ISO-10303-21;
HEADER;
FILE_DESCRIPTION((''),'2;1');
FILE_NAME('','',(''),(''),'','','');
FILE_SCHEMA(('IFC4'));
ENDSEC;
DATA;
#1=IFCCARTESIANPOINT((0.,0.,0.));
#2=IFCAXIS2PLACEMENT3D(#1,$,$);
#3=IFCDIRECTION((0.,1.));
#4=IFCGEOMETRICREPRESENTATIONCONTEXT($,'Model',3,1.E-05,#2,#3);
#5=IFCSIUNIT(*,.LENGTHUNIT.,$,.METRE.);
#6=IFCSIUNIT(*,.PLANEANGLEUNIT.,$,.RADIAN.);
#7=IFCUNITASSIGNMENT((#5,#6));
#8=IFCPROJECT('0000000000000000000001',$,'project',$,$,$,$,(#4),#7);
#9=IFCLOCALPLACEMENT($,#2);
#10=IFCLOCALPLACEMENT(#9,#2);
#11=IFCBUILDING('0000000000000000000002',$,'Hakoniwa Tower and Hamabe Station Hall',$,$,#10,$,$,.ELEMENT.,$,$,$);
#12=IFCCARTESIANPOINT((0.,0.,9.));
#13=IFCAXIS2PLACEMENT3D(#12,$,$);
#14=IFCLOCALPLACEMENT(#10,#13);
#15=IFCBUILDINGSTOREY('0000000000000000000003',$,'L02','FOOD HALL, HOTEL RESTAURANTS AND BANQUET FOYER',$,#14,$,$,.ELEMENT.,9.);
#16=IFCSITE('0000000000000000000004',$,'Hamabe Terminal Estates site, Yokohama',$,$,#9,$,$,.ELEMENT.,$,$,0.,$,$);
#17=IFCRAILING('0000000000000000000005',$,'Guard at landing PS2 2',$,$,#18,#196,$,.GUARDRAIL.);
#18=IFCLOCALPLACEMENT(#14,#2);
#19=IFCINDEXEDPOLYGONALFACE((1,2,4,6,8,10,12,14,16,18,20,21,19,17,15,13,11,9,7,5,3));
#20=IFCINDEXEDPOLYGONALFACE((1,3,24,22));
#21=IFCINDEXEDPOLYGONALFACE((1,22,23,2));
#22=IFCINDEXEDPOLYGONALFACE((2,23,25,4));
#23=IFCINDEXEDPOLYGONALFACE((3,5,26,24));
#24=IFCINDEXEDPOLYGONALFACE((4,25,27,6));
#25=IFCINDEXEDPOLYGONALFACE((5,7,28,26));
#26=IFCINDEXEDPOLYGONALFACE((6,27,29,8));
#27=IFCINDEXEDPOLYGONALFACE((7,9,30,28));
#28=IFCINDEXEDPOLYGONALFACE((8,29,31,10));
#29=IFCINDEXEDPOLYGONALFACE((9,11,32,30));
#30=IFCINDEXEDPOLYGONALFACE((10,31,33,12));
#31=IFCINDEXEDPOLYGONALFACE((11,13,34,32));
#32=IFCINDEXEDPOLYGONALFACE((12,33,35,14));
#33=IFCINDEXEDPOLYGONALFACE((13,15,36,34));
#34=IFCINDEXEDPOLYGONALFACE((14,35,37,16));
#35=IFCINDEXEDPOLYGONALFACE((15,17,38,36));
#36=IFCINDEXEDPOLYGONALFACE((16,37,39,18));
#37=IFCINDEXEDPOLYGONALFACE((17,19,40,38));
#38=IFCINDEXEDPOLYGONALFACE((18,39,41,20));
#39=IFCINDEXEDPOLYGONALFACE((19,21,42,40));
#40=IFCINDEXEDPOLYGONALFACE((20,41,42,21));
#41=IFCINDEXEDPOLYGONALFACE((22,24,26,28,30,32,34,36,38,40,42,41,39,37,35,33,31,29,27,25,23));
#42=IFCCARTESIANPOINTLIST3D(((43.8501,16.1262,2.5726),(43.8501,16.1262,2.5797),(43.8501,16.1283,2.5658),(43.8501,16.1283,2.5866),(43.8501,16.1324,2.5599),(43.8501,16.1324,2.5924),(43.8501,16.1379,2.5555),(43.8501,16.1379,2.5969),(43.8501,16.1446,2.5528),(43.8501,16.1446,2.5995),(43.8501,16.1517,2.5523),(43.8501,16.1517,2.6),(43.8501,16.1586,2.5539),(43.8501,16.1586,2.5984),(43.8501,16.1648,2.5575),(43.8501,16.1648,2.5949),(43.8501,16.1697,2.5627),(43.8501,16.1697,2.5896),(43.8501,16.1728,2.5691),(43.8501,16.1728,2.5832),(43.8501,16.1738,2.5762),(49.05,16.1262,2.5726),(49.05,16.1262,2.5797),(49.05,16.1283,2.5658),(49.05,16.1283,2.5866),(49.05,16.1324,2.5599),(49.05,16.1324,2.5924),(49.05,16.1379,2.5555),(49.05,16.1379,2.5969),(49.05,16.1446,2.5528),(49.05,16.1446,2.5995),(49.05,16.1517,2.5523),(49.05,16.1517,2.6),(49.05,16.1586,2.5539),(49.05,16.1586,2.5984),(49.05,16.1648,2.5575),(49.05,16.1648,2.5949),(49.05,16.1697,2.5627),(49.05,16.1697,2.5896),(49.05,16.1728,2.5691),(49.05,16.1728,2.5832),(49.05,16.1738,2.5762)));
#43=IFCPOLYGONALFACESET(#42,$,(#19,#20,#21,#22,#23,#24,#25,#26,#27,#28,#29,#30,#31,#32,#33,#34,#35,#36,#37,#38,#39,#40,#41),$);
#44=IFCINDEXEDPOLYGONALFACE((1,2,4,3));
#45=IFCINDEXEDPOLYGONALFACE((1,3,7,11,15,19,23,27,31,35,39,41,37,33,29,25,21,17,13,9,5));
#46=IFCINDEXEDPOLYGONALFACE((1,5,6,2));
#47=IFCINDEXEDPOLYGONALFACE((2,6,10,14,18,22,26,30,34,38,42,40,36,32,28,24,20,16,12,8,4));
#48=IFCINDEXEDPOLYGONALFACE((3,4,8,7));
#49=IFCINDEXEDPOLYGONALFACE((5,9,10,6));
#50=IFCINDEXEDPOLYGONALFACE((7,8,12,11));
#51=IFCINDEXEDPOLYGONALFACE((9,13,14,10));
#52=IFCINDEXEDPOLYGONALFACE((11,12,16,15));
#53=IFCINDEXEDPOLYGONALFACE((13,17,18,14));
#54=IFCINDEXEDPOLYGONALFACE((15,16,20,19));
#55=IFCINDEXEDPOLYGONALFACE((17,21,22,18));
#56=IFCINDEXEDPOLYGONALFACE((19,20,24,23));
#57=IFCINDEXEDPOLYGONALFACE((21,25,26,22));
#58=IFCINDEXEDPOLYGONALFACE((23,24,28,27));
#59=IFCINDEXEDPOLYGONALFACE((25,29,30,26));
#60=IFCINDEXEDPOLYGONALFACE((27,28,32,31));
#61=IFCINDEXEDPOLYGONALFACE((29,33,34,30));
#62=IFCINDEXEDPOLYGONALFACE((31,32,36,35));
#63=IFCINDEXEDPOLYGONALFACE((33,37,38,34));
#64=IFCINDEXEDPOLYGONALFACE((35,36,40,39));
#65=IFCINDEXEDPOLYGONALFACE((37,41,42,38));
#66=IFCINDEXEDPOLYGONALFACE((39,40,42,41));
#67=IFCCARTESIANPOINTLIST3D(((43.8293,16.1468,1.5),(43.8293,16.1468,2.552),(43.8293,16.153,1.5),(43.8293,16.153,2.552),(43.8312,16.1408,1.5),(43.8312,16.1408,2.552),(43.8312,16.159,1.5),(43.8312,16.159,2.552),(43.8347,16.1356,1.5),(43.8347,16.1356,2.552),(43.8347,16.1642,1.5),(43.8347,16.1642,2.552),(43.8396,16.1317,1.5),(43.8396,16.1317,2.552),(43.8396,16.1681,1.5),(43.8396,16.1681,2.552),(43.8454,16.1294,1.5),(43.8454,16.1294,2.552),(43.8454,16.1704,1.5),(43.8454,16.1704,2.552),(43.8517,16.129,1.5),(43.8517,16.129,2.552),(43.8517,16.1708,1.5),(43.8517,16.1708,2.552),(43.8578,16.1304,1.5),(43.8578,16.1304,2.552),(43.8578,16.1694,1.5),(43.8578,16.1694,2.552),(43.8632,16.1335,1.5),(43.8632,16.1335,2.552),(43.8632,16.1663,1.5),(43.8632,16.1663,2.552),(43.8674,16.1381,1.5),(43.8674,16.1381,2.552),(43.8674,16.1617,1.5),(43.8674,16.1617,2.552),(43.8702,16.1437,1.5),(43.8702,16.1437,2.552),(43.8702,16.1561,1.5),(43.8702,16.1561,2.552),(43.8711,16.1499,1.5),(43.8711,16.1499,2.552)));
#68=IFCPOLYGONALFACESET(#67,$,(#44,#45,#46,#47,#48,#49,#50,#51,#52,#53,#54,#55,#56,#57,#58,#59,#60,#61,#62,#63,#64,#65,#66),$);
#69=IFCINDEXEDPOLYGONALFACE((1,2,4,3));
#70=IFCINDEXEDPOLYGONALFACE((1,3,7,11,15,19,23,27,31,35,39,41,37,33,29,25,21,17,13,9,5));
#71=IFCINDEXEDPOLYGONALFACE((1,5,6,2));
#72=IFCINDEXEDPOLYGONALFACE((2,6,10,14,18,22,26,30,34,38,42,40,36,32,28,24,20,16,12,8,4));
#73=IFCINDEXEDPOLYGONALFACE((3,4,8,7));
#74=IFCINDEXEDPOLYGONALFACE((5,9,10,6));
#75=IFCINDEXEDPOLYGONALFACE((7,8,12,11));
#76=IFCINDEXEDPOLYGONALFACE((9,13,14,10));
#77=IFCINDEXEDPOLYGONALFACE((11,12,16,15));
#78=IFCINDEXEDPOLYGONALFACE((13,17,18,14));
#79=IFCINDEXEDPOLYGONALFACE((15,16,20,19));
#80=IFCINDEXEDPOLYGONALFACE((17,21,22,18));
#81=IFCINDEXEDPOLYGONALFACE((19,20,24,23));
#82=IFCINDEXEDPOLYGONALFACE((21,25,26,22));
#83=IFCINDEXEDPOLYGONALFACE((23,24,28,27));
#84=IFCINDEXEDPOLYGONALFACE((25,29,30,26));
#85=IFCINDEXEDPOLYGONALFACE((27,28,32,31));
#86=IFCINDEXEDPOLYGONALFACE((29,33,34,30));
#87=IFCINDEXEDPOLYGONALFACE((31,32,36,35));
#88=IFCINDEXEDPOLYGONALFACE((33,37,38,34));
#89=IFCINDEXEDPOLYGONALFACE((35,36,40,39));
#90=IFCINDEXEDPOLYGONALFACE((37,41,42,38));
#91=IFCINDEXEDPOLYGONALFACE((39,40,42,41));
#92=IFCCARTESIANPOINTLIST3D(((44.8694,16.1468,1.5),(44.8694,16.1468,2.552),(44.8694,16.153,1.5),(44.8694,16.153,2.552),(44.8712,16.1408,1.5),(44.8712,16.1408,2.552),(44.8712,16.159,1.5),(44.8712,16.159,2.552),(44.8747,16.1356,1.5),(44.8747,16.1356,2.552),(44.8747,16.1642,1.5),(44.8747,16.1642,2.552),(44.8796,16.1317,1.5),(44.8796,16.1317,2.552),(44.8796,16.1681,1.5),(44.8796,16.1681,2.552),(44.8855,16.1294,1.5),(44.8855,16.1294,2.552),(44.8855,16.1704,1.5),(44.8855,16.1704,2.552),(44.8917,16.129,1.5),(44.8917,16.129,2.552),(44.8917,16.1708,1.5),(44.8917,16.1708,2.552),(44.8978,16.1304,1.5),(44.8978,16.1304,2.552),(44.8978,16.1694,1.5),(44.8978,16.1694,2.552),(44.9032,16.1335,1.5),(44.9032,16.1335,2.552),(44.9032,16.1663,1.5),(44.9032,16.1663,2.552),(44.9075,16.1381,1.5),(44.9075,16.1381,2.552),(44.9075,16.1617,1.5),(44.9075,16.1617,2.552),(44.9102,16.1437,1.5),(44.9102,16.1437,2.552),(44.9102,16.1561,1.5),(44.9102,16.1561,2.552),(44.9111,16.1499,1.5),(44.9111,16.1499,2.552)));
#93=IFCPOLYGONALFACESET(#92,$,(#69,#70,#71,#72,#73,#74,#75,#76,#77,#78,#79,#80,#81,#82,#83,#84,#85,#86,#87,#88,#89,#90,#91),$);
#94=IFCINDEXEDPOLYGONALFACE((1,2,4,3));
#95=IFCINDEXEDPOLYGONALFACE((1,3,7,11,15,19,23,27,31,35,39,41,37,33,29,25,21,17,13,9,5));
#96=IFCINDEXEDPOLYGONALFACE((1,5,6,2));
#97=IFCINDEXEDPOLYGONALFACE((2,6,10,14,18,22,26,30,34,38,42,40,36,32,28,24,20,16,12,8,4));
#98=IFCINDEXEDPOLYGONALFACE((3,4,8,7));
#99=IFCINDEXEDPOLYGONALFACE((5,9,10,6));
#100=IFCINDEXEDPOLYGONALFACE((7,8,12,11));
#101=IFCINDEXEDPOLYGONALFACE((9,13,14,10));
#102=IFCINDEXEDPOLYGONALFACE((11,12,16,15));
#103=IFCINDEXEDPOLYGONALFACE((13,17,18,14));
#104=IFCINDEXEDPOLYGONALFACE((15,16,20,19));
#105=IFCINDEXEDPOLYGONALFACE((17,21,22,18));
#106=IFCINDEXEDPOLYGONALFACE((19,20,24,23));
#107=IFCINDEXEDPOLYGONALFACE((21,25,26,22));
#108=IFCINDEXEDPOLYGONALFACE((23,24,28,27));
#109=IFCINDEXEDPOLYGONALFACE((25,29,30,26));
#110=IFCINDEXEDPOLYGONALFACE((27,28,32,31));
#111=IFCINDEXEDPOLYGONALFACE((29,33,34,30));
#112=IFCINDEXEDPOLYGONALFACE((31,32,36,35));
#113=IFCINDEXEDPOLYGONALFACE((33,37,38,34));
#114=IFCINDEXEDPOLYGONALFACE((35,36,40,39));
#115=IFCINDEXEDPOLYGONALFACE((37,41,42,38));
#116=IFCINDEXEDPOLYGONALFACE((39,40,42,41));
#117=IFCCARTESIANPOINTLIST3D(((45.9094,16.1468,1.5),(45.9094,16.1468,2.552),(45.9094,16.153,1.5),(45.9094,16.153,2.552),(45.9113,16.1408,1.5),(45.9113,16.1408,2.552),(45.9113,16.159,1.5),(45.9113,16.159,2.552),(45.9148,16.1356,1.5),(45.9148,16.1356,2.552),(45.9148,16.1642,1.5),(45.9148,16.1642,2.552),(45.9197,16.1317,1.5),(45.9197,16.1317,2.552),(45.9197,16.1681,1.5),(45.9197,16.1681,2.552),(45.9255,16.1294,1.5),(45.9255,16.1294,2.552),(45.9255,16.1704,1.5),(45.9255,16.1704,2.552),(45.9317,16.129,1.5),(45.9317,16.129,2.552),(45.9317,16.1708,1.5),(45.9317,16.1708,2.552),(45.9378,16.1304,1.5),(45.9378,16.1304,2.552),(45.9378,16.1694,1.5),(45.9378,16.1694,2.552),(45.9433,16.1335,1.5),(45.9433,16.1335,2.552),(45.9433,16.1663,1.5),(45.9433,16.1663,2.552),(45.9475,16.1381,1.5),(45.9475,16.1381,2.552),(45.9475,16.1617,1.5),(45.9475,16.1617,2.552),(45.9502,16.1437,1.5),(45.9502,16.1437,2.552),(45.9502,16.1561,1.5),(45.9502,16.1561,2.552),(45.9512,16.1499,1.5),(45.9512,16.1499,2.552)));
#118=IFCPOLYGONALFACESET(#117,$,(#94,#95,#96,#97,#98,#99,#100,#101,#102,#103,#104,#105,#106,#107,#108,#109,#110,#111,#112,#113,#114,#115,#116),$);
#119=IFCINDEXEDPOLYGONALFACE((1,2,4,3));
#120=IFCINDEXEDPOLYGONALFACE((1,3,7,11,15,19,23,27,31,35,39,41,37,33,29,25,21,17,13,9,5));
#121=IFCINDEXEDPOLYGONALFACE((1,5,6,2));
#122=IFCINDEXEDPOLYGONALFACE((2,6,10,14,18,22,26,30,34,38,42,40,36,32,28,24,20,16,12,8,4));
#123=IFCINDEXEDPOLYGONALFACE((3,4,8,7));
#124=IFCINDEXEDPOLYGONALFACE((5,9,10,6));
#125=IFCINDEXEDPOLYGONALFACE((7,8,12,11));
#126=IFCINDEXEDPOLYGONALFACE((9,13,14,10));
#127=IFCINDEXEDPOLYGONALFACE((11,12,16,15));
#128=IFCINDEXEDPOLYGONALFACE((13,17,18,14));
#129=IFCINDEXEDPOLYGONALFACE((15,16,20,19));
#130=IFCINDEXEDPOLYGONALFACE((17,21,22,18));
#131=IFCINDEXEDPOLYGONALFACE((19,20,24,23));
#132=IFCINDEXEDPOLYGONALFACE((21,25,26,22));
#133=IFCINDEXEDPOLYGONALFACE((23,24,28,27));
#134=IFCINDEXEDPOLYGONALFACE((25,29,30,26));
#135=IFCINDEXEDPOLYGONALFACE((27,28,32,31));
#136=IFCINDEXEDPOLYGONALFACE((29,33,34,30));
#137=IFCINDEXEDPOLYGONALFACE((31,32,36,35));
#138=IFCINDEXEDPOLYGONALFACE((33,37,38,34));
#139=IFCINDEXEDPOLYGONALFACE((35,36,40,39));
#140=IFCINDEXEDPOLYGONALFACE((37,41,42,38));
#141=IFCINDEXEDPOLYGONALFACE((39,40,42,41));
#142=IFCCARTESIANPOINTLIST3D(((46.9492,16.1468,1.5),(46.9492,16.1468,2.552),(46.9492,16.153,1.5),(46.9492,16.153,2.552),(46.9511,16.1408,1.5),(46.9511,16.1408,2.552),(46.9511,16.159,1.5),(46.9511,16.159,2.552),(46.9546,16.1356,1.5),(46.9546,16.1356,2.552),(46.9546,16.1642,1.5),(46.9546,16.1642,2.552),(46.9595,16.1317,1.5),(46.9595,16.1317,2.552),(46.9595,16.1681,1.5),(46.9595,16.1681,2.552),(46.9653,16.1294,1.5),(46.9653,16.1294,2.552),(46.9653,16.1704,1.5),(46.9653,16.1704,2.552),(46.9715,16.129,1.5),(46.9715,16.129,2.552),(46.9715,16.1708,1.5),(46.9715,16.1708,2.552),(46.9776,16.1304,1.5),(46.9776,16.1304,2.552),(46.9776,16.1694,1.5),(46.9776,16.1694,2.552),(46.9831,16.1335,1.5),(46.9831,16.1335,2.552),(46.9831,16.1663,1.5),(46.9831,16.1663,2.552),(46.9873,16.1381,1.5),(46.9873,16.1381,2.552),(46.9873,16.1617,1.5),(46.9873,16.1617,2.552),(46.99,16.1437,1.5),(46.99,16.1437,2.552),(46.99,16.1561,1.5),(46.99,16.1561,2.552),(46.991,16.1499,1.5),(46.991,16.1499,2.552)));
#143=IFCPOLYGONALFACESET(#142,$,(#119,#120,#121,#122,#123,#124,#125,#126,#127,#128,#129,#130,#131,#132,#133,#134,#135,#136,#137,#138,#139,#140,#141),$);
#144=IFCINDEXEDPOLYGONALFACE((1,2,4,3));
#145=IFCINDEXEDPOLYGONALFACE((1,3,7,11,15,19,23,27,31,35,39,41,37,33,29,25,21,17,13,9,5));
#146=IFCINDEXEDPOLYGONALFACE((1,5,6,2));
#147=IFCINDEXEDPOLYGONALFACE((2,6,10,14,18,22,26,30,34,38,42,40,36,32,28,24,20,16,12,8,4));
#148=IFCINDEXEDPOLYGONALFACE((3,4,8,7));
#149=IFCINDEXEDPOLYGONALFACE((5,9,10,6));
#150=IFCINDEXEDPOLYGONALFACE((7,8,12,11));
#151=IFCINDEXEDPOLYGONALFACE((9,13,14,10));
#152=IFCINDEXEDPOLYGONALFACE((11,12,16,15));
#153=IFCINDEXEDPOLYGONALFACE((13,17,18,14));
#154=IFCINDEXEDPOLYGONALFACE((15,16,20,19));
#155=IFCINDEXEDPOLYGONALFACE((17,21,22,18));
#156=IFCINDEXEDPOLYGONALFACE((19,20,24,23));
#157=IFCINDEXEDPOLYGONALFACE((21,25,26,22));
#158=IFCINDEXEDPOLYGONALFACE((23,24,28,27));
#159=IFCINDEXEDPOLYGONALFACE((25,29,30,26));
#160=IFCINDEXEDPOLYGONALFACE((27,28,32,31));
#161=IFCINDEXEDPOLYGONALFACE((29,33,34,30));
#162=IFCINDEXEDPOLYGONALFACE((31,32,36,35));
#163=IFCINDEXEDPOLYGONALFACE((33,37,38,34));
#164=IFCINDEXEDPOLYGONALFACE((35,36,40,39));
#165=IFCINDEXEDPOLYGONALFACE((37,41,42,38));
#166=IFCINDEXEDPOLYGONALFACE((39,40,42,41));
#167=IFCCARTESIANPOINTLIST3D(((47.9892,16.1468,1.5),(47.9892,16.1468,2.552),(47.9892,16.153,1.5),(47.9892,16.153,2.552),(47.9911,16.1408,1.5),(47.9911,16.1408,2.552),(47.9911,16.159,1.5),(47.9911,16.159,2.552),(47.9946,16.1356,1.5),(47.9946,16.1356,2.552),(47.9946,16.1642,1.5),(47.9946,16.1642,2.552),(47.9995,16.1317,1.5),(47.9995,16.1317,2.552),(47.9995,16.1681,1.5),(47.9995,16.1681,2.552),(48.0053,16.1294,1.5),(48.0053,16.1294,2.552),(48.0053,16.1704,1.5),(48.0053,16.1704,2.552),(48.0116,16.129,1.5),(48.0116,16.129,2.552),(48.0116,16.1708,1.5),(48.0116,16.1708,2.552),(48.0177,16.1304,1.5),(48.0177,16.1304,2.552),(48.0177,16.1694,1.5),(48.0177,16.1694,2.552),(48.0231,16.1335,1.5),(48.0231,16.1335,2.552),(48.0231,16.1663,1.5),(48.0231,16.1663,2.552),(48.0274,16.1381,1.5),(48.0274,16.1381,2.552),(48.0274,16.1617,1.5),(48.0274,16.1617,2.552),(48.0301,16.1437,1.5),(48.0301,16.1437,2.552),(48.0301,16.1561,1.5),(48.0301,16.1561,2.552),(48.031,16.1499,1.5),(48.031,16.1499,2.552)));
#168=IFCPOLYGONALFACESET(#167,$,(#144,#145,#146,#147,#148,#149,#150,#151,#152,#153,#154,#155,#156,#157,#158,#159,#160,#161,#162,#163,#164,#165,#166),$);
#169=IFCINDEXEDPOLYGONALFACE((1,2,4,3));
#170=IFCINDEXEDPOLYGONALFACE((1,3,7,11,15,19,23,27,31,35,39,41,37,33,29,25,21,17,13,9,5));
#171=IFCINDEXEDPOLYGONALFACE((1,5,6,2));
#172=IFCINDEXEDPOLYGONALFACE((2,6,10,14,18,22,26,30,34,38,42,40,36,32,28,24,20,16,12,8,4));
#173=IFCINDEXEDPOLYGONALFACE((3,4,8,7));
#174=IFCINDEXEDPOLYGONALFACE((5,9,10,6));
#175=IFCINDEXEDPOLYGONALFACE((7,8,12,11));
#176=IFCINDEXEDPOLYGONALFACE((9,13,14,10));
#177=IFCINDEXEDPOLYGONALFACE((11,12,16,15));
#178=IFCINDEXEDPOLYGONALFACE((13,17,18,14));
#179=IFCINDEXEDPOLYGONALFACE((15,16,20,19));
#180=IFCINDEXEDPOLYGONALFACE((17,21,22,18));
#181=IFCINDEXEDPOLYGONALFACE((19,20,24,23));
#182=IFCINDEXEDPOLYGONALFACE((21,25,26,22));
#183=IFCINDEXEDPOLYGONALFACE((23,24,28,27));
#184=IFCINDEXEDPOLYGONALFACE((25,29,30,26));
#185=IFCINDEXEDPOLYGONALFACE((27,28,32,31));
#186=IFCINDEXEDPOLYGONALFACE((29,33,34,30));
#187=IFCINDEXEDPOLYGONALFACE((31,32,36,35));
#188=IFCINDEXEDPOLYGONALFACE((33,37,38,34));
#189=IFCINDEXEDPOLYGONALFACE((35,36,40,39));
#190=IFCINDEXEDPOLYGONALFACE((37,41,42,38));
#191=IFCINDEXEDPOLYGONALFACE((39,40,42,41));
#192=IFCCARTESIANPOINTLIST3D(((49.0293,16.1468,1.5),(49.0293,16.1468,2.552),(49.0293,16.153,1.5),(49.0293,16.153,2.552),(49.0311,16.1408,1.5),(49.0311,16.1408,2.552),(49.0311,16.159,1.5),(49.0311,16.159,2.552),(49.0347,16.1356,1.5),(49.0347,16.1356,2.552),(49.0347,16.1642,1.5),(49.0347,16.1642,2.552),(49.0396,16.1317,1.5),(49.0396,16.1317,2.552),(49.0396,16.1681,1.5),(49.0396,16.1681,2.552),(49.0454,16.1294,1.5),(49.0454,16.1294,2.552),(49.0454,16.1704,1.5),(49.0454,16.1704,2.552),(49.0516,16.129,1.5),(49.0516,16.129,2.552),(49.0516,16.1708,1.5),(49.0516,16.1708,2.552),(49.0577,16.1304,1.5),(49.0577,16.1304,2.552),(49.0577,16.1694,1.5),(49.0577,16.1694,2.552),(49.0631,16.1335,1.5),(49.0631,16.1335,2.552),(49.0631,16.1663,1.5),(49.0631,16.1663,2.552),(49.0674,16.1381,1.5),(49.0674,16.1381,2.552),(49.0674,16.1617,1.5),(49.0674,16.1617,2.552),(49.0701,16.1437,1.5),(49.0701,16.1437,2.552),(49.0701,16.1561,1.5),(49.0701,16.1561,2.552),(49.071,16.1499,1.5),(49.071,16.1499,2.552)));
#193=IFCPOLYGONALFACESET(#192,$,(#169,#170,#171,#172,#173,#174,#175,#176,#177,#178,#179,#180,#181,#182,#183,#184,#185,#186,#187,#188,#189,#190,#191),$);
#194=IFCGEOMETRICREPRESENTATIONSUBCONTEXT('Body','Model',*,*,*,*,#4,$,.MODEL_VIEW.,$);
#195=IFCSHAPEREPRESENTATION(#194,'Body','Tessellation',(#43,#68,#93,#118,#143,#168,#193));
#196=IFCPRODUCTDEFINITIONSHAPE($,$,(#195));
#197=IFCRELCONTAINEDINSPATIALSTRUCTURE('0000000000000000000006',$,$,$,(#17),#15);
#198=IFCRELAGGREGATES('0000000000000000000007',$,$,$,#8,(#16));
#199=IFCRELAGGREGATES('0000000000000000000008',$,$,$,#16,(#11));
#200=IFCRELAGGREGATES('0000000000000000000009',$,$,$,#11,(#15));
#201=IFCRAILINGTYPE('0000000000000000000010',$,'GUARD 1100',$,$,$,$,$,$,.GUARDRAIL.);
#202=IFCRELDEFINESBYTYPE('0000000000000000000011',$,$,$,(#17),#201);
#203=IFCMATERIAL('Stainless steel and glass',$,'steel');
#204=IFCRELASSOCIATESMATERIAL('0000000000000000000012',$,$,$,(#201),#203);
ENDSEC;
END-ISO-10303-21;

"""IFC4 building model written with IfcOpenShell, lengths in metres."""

from ifc_helpers import new_model, si_unit, direction, frame, origin, origin_2d, place, context, subcontext, project, spatial, circle, extrude, material, type_object, element, save


model = new_model("IFC4")

# Units and contexts
model_context = context("Model", 3, precision=1e-05, world=origin(), true_north=direction((0.0, 1.0)))
body_context = subcontext(model_context, "Body", "Model", "MODEL_VIEW")
ifc_project = project(units=[si_unit("LENGTHUNIT", "METRE"), si_unit("PLANEANGLEUNIT", "RADIAN")], contexts=[model_context])

# Site, building, storey
site_placement = place(None, origin())
site = spatial("IfcSite", under=ifc_project, at=site_placement, Name="Hamabe Terminal Estates site, Yokohama", CompositionType="ELEMENT", RefElevation=0.0)
building_placement = place(site_placement, origin())
building = spatial("IfcBuilding", under=site, at=building_placement, Name="Hakoniwa Tower and Hamabe Station Hall", CompositionType="ELEMENT")
storey_placement = place(building_placement, frame((0.0, 0.0, 9.0)))
storey = spatial("IfcBuildingStorey", under=building, at=storey_placement, Name="L02", Description="FOOD HALL, HOTEL RESTAURANTS AND BANQUET FOYER", CompositionType="ELEMENT", Elevation=9.0)

# Railing
ifc_material_1 = material(Name="Stainless steel and glass", Category="steel")
railing_type = type_object("IfcRailingType", Name="GUARD 1100", PredefinedType="GUARDRAIL", material=ifc_material_1)
for number, where, name in (
    (1, (43.8501, 16.1499, 1.5), "Guard at landing PS2 2"),
):
    element("IfcRailing", number, at=place(storey_placement, frame(where)), inside=storey, type_object=railing_type, Name=name, PredefinedType="GUARDRAIL", context=body_context, shape_type="SweptSolid", body=[
        extrude(circle(Radius=0.0239, at=origin_2d()), frame((0.0, 0.0, 1.0762), z_axis=(1.0, 0.0, 0.0), x_axis=(0.0, 1.0, 0.0)), (0.0, 0.0, 1.0), 5.2),
        extrude(circle(Radius=0.021, at=origin_2d()), origin(), (0.0, 0.0, 1.0), 1.052),
        extrude(circle(Radius=0.021, at=origin_2d()), frame((1.04, 0.0, 0.0)), (0.0, 0.0, 1.0), 1.052),
        extrude(circle(Radius=0.021, at=origin_2d()), frame((2.0801, 0.0, 0.0)), (0.0, 0.0, 1.0), 1.052),
        extrude(circle(Radius=0.021, at=origin_2d()), frame((3.1199, 0.0, 0.0)), (0.0, 0.0, 1.0), 1.052),
        extrude(circle(Radius=0.021, at=origin_2d()), frame((4.1599, 0.0, 0.0)), (0.0, 0.0, 1.0), 1.052),
        extrude(circle(Radius=0.021, at=origin_2d()), frame((5.2, 0.0, 0.0)), (0.0, 0.0, 1.0), 1.052),
    ])

save(model, "model.ifc")
